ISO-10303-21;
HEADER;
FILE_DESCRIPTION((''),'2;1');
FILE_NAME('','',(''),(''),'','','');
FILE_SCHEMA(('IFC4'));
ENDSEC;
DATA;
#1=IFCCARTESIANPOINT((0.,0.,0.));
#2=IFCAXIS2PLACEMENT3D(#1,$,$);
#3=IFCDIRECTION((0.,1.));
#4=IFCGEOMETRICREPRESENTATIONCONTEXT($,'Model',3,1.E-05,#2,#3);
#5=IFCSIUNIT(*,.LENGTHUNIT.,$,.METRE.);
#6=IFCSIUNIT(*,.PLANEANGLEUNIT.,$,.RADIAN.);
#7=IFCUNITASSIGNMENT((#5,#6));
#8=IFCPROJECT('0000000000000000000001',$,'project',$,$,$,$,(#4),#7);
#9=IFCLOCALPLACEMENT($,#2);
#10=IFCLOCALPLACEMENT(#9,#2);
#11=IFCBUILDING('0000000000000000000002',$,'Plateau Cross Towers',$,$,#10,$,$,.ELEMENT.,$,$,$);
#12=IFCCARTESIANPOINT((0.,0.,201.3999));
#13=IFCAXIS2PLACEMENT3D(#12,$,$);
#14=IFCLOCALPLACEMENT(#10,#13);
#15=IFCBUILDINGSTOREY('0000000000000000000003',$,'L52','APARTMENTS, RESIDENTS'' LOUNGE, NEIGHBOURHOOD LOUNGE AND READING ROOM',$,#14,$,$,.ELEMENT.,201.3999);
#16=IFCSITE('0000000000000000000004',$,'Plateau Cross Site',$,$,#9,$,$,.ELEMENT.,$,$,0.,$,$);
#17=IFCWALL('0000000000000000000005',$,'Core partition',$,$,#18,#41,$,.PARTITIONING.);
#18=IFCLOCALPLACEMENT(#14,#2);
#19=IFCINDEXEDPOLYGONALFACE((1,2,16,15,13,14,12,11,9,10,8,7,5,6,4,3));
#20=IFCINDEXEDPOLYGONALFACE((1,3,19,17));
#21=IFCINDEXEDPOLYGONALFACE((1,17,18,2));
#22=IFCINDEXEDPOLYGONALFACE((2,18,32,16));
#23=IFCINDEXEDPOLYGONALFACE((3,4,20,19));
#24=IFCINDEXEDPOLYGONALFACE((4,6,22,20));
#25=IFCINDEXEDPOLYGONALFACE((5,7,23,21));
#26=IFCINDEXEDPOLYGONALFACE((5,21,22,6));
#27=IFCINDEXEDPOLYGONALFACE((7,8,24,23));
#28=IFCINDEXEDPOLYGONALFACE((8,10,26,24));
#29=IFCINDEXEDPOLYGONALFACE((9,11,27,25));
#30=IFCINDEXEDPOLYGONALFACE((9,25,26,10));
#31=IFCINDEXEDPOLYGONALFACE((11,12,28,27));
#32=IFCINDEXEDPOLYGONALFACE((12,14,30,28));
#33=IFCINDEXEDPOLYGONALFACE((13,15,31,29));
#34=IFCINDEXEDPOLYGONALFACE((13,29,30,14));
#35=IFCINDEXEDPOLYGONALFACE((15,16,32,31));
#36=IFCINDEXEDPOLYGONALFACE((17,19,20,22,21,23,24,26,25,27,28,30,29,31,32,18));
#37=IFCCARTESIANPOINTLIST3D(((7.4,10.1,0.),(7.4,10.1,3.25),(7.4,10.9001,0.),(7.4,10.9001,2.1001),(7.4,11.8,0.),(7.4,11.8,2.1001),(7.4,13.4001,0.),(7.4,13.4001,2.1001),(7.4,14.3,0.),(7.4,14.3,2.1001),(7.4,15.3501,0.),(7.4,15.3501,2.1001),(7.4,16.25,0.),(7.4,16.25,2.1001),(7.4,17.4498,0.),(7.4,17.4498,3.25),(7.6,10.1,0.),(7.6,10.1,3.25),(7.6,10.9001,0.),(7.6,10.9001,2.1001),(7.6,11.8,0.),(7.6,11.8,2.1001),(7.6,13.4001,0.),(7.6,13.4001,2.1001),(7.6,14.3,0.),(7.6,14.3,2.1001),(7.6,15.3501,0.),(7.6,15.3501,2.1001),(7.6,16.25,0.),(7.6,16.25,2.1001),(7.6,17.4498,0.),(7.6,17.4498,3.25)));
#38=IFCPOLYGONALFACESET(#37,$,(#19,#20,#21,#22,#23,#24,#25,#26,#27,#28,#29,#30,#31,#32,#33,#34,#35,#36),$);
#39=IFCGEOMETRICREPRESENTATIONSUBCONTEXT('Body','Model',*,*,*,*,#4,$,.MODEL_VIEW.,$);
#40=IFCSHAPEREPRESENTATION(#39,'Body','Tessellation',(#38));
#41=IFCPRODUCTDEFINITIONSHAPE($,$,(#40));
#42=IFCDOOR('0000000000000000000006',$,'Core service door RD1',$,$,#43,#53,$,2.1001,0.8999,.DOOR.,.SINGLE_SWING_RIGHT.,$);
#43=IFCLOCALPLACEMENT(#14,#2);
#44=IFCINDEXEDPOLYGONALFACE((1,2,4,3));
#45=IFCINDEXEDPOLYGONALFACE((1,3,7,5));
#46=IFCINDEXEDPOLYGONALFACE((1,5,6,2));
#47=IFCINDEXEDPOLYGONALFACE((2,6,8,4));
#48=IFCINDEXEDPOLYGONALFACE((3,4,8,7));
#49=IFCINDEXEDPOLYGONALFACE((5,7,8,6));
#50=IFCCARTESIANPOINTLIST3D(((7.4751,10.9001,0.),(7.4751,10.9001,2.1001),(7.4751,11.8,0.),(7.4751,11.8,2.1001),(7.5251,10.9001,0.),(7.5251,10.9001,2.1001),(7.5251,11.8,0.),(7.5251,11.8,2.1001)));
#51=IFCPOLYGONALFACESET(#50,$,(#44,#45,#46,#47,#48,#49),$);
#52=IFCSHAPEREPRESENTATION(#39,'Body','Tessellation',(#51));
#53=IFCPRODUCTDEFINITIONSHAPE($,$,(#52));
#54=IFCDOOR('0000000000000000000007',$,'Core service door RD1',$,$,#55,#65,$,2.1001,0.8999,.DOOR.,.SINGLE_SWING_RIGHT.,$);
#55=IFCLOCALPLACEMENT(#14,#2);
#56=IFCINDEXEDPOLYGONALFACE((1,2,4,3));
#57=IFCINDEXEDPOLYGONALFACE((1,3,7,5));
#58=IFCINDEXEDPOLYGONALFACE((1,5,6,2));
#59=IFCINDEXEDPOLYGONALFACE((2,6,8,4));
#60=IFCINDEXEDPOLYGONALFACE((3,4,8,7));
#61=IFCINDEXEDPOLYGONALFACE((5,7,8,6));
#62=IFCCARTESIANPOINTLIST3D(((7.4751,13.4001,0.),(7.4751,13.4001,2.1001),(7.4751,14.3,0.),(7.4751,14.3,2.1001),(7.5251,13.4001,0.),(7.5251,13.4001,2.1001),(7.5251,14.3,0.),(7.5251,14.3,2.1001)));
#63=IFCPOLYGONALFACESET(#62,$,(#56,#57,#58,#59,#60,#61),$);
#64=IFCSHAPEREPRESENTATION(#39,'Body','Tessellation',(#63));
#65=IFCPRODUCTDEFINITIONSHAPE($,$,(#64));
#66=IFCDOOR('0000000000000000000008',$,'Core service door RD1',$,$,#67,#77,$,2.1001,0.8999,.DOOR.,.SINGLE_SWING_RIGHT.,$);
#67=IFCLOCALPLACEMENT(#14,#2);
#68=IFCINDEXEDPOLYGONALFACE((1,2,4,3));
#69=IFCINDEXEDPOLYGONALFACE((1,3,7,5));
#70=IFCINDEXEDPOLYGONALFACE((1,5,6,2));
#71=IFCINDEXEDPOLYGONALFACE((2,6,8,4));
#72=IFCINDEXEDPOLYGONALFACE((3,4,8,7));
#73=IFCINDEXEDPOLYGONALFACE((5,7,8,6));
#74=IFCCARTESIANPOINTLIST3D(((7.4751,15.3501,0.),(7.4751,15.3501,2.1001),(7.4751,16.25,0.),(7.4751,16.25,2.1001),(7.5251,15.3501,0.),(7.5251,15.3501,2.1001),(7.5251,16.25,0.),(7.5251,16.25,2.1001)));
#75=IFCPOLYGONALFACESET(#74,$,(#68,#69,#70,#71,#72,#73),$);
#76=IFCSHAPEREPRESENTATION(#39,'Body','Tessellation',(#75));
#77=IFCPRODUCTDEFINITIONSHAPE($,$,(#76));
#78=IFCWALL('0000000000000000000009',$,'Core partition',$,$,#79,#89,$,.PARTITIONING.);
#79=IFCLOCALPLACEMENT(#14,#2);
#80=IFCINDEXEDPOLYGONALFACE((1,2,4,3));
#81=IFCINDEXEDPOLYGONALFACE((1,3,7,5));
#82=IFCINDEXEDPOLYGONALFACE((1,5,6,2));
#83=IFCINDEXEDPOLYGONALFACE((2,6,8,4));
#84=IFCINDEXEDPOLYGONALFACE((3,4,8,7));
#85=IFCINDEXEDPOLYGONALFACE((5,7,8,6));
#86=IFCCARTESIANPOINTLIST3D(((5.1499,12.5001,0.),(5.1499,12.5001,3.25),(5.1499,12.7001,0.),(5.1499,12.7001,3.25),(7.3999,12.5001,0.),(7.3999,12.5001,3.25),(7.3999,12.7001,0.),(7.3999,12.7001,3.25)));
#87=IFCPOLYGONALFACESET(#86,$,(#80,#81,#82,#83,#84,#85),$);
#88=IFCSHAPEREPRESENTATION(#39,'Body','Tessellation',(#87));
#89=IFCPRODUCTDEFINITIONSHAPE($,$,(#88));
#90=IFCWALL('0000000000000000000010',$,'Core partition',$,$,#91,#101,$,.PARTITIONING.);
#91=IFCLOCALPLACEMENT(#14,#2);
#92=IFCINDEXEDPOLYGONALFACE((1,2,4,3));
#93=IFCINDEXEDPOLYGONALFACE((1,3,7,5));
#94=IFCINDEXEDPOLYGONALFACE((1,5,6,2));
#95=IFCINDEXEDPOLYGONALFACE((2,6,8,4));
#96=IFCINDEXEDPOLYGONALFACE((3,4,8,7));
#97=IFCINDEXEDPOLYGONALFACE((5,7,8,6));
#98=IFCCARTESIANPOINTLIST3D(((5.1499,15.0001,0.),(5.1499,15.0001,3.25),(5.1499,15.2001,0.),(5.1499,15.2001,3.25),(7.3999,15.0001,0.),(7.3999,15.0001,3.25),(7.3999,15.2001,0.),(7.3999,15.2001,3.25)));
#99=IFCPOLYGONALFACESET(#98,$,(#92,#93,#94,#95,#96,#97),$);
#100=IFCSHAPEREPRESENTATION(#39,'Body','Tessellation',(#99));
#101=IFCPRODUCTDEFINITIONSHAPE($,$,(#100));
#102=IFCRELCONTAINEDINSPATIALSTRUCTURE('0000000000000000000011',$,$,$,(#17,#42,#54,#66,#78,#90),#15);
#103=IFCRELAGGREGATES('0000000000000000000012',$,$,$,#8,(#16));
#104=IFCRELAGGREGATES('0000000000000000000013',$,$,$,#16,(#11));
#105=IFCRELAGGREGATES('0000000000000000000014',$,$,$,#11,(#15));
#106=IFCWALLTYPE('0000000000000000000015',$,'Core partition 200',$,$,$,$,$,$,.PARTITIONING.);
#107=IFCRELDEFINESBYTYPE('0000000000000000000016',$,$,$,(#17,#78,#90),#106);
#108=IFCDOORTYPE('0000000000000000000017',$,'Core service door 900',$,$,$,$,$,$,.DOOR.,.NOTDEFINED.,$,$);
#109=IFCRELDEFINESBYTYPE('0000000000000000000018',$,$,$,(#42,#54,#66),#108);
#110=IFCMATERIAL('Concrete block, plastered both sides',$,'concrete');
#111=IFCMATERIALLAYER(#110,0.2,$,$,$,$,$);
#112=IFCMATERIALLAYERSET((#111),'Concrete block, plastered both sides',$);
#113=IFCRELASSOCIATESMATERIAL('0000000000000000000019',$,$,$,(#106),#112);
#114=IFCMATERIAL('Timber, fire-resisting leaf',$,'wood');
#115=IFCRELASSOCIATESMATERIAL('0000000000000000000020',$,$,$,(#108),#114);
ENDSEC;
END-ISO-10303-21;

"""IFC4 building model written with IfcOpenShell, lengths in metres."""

from ifc_helpers import new_model, si_unit, direction, frame, frame_2d, origin, place, context, subcontext, project, spatial, rectangle, extrude, material, layer, layer_set, type_object, element, fill, save


model = new_model("IFC4")

# Units and contexts
model_context = context("Model", 3, precision=1e-05, world=origin(), true_north=direction((0.0, 1.0)))
body_context = subcontext(model_context, "Body", "Model", "MODEL_VIEW")
ifc_project = project(units=[si_unit("LENGTHUNIT", "METRE"), si_unit("PLANEANGLEUNIT", "RADIAN")], contexts=[model_context])

# Site, building, storey
site_placement = place(None, origin())
site = spatial("IfcSite", under=ifc_project, at=site_placement, Name="Plateau Cross Site", CompositionType="ELEMENT", RefElevation=0.0)
building_placement = place(site_placement, origin())
building = spatial("IfcBuilding", under=site, at=building_placement, Name="Plateau Cross Towers", CompositionType="ELEMENT")
storey_placement = place(building_placement, frame((0.0, 0.0, 201.3999)))
storey = spatial("IfcBuildingStorey", under=building, at=storey_placement, Name="L52", Description="APARTMENTS, RESIDENTS' LOUNGE, NEIGHBOURHOOD LOUNGE AND READING ROOM", CompositionType="ELEMENT", Elevation=201.3999)

# Wall, openings, doors
ifc_material_1 = material(Name="Concrete block, plastered both sides", Category="concrete")
ifc_layer_1 = layer(ifc_material_1, 0.2)
ifc_layer_set_1 = layer_set([ifc_layer_1], Name="Concrete block, plastered both sides")
wall_type_1 = type_object("IfcWallType", Name="Core partition 200", PredefinedType="PARTITIONING", material=ifc_layer_set_1)
wall_1_placement = place(storey_placement, frame((7.5, 10.1001, 0.0), z_axis=(0.0, 0.0, 1.0), x_axis=(0.0, 1.0, 0.0)))
wall_1 = element("IfcWall", 1, at=wall_1_placement, inside=storey, type_object=wall_type_1, Name="Core partition", PredefinedType="PARTITIONING", context=body_context, shape_type="SweptSolid", body=[
    extrude(rectangle(XDim=7.3499, YDim=0.2, at=frame_2d((3.6748, 0.0))), origin(), (0.0, 0.0, 1.0), 3.25),
])
opening_1_placement = place(wall_1_placement, frame((0.8, 0.0, 0.0)))
opening_1 = element("IfcOpeningElement", 2, at=opening_1_placement, cuts=wall_1, PredefinedType="OPENING", context=body_context, shape_type="SweptSolid", body=[
    extrude(rectangle(XDim=0.8999, YDim=2.1001, at=frame_2d((0.45, 1.05))), frame((0.0, 0.1099, 0.0), z_axis=(0.0, -1.0, 0.0), x_axis=(1.0, 0.0, 0.0)), (0.0, 0.0, 1.0), 0.22),
])
opening_2_placement = place(wall_1_placement, frame((3.3, 0.0, 0.0)))
opening_2 = element("IfcOpeningElement", 3, at=opening_2_placement, cuts=wall_1, PredefinedType="OPENING", context=body_context, shape_type="SweptSolid", body=[
    extrude(rectangle(XDim=0.8999, YDim=2.1001, at=frame_2d((0.45, 1.05))), frame((0.0, 0.1099, 0.0), z_axis=(0.0, -1.0, 0.0), x_axis=(1.0, 0.0, 0.0)), (0.0, 0.0, 1.0), 0.22),
])
opening_3_placement = place(wall_1_placement, frame((5.25, 0.0, 0.0)))
opening_3 = element("IfcOpeningElement", 4, at=opening_3_placement, cuts=wall_1, PredefinedType="OPENING", context=body_context, shape_type="SweptSolid", body=[
    extrude(rectangle(XDim=0.8999, YDim=2.1001, at=frame_2d((0.45, 1.05))), frame((0.0, 0.1099, 0.0), z_axis=(0.0, -1.0, 0.0), x_axis=(1.0, 0.0, 0.0)), (0.0, 0.0, 1.0), 0.22),
])
ifc_material_2 = material(Name="Timber, fire-resisting leaf", Category="wood")
door_type_1 = type_object("IfcDoorType", Name="Core service door 900", OperationType="NOTDEFINED", PredefinedType="DOOR", material=ifc_material_2)
door_1_placement = place(opening_1_placement, origin())
door_1 = element("IfcDoor", 5, at=door_1_placement, inside=storey, type_object=door_type_1, Name="Core service door RD1", OperationType="SINGLE_SWING_RIGHT", OverallHeight=2.1001, OverallWidth=0.8999, PredefinedType="DOOR", context=body_context, shape_type="SweptSolid", body=[
    extrude(rectangle(XDim=0.8999, YDim=2.1001, at=frame_2d((0.45, 1.05))), frame((0.0, 0.0249, 0.0), z_axis=(0.0, -1.0, 0.0), x_axis=(1.0, 0.0, 0.0)), (0.0, 0.0, 1.0), 0.05),
])
fill(opening_1, door_1)
door_2_placement = place(opening_2_placement, origin())
door_2 = element("IfcDoor", 6, at=door_2_placement, inside=storey, type_object=door_type_1, Name="Core service door RD1", OperationType="SINGLE_SWING_RIGHT", OverallHeight=2.1001, OverallWidth=0.8999, PredefinedType="DOOR", context=body_context, shape_type="SweptSolid", body=[
    extrude(rectangle(XDim=0.8999, YDim=2.1001, at=frame_2d((0.45, 1.05))), frame((0.0, 0.0249, 0.0), z_axis=(0.0, -1.0, 0.0), x_axis=(1.0, 0.0, 0.0)), (0.0, 0.0, 1.0), 0.05),
])
fill(opening_2, door_2)
door_3_placement = place(opening_3_placement, origin())
door_3 = element("IfcDoor", 7, at=door_3_placement, inside=storey, type_object=door_type_1, Name="Core service door RD1", OperationType="SINGLE_SWING_RIGHT", OverallHeight=2.1001, OverallWidth=0.8999, PredefinedType="DOOR", context=body_context, shape_type="SweptSolid", body=[
    extrude(rectangle(XDim=0.8999, YDim=2.1001, at=frame_2d((0.45, 1.05))), frame((0.0, 0.0249, 0.0), z_axis=(0.0, -1.0, 0.0), x_axis=(1.0, 0.0, 0.0)), (0.0, 0.0, 1.0), 0.05),
])
fill(opening_3, door_3)

# Walls
for number, where, z_axis, x_axis, name in (
    (8, (5.1499, 12.6001, 0.0), (0.0, 0.0, 1.0), (1.0, 0.0, 0.0), "Core partition"),
    (9, (5.1499, 15.1001, 0.0), (0.0, 0.0, 1.0), (1.0, 0.0, 0.0), "Core partition"),
):
    element("IfcWall", number, at=place(storey_placement, frame(where, z_axis=z_axis, x_axis=x_axis)), inside=storey, type_object=wall_type_1, Name=name, PredefinedType="PARTITIONING", context=body_context, shape_type="SweptSolid", body=[
        extrude(rectangle(XDim=2.25, YDim=0.2, at=frame_2d((1.125, 0.0))), origin(), (0.0, 0.0, 1.0), 3.25),
    ])

save(model, "model.ifc")
